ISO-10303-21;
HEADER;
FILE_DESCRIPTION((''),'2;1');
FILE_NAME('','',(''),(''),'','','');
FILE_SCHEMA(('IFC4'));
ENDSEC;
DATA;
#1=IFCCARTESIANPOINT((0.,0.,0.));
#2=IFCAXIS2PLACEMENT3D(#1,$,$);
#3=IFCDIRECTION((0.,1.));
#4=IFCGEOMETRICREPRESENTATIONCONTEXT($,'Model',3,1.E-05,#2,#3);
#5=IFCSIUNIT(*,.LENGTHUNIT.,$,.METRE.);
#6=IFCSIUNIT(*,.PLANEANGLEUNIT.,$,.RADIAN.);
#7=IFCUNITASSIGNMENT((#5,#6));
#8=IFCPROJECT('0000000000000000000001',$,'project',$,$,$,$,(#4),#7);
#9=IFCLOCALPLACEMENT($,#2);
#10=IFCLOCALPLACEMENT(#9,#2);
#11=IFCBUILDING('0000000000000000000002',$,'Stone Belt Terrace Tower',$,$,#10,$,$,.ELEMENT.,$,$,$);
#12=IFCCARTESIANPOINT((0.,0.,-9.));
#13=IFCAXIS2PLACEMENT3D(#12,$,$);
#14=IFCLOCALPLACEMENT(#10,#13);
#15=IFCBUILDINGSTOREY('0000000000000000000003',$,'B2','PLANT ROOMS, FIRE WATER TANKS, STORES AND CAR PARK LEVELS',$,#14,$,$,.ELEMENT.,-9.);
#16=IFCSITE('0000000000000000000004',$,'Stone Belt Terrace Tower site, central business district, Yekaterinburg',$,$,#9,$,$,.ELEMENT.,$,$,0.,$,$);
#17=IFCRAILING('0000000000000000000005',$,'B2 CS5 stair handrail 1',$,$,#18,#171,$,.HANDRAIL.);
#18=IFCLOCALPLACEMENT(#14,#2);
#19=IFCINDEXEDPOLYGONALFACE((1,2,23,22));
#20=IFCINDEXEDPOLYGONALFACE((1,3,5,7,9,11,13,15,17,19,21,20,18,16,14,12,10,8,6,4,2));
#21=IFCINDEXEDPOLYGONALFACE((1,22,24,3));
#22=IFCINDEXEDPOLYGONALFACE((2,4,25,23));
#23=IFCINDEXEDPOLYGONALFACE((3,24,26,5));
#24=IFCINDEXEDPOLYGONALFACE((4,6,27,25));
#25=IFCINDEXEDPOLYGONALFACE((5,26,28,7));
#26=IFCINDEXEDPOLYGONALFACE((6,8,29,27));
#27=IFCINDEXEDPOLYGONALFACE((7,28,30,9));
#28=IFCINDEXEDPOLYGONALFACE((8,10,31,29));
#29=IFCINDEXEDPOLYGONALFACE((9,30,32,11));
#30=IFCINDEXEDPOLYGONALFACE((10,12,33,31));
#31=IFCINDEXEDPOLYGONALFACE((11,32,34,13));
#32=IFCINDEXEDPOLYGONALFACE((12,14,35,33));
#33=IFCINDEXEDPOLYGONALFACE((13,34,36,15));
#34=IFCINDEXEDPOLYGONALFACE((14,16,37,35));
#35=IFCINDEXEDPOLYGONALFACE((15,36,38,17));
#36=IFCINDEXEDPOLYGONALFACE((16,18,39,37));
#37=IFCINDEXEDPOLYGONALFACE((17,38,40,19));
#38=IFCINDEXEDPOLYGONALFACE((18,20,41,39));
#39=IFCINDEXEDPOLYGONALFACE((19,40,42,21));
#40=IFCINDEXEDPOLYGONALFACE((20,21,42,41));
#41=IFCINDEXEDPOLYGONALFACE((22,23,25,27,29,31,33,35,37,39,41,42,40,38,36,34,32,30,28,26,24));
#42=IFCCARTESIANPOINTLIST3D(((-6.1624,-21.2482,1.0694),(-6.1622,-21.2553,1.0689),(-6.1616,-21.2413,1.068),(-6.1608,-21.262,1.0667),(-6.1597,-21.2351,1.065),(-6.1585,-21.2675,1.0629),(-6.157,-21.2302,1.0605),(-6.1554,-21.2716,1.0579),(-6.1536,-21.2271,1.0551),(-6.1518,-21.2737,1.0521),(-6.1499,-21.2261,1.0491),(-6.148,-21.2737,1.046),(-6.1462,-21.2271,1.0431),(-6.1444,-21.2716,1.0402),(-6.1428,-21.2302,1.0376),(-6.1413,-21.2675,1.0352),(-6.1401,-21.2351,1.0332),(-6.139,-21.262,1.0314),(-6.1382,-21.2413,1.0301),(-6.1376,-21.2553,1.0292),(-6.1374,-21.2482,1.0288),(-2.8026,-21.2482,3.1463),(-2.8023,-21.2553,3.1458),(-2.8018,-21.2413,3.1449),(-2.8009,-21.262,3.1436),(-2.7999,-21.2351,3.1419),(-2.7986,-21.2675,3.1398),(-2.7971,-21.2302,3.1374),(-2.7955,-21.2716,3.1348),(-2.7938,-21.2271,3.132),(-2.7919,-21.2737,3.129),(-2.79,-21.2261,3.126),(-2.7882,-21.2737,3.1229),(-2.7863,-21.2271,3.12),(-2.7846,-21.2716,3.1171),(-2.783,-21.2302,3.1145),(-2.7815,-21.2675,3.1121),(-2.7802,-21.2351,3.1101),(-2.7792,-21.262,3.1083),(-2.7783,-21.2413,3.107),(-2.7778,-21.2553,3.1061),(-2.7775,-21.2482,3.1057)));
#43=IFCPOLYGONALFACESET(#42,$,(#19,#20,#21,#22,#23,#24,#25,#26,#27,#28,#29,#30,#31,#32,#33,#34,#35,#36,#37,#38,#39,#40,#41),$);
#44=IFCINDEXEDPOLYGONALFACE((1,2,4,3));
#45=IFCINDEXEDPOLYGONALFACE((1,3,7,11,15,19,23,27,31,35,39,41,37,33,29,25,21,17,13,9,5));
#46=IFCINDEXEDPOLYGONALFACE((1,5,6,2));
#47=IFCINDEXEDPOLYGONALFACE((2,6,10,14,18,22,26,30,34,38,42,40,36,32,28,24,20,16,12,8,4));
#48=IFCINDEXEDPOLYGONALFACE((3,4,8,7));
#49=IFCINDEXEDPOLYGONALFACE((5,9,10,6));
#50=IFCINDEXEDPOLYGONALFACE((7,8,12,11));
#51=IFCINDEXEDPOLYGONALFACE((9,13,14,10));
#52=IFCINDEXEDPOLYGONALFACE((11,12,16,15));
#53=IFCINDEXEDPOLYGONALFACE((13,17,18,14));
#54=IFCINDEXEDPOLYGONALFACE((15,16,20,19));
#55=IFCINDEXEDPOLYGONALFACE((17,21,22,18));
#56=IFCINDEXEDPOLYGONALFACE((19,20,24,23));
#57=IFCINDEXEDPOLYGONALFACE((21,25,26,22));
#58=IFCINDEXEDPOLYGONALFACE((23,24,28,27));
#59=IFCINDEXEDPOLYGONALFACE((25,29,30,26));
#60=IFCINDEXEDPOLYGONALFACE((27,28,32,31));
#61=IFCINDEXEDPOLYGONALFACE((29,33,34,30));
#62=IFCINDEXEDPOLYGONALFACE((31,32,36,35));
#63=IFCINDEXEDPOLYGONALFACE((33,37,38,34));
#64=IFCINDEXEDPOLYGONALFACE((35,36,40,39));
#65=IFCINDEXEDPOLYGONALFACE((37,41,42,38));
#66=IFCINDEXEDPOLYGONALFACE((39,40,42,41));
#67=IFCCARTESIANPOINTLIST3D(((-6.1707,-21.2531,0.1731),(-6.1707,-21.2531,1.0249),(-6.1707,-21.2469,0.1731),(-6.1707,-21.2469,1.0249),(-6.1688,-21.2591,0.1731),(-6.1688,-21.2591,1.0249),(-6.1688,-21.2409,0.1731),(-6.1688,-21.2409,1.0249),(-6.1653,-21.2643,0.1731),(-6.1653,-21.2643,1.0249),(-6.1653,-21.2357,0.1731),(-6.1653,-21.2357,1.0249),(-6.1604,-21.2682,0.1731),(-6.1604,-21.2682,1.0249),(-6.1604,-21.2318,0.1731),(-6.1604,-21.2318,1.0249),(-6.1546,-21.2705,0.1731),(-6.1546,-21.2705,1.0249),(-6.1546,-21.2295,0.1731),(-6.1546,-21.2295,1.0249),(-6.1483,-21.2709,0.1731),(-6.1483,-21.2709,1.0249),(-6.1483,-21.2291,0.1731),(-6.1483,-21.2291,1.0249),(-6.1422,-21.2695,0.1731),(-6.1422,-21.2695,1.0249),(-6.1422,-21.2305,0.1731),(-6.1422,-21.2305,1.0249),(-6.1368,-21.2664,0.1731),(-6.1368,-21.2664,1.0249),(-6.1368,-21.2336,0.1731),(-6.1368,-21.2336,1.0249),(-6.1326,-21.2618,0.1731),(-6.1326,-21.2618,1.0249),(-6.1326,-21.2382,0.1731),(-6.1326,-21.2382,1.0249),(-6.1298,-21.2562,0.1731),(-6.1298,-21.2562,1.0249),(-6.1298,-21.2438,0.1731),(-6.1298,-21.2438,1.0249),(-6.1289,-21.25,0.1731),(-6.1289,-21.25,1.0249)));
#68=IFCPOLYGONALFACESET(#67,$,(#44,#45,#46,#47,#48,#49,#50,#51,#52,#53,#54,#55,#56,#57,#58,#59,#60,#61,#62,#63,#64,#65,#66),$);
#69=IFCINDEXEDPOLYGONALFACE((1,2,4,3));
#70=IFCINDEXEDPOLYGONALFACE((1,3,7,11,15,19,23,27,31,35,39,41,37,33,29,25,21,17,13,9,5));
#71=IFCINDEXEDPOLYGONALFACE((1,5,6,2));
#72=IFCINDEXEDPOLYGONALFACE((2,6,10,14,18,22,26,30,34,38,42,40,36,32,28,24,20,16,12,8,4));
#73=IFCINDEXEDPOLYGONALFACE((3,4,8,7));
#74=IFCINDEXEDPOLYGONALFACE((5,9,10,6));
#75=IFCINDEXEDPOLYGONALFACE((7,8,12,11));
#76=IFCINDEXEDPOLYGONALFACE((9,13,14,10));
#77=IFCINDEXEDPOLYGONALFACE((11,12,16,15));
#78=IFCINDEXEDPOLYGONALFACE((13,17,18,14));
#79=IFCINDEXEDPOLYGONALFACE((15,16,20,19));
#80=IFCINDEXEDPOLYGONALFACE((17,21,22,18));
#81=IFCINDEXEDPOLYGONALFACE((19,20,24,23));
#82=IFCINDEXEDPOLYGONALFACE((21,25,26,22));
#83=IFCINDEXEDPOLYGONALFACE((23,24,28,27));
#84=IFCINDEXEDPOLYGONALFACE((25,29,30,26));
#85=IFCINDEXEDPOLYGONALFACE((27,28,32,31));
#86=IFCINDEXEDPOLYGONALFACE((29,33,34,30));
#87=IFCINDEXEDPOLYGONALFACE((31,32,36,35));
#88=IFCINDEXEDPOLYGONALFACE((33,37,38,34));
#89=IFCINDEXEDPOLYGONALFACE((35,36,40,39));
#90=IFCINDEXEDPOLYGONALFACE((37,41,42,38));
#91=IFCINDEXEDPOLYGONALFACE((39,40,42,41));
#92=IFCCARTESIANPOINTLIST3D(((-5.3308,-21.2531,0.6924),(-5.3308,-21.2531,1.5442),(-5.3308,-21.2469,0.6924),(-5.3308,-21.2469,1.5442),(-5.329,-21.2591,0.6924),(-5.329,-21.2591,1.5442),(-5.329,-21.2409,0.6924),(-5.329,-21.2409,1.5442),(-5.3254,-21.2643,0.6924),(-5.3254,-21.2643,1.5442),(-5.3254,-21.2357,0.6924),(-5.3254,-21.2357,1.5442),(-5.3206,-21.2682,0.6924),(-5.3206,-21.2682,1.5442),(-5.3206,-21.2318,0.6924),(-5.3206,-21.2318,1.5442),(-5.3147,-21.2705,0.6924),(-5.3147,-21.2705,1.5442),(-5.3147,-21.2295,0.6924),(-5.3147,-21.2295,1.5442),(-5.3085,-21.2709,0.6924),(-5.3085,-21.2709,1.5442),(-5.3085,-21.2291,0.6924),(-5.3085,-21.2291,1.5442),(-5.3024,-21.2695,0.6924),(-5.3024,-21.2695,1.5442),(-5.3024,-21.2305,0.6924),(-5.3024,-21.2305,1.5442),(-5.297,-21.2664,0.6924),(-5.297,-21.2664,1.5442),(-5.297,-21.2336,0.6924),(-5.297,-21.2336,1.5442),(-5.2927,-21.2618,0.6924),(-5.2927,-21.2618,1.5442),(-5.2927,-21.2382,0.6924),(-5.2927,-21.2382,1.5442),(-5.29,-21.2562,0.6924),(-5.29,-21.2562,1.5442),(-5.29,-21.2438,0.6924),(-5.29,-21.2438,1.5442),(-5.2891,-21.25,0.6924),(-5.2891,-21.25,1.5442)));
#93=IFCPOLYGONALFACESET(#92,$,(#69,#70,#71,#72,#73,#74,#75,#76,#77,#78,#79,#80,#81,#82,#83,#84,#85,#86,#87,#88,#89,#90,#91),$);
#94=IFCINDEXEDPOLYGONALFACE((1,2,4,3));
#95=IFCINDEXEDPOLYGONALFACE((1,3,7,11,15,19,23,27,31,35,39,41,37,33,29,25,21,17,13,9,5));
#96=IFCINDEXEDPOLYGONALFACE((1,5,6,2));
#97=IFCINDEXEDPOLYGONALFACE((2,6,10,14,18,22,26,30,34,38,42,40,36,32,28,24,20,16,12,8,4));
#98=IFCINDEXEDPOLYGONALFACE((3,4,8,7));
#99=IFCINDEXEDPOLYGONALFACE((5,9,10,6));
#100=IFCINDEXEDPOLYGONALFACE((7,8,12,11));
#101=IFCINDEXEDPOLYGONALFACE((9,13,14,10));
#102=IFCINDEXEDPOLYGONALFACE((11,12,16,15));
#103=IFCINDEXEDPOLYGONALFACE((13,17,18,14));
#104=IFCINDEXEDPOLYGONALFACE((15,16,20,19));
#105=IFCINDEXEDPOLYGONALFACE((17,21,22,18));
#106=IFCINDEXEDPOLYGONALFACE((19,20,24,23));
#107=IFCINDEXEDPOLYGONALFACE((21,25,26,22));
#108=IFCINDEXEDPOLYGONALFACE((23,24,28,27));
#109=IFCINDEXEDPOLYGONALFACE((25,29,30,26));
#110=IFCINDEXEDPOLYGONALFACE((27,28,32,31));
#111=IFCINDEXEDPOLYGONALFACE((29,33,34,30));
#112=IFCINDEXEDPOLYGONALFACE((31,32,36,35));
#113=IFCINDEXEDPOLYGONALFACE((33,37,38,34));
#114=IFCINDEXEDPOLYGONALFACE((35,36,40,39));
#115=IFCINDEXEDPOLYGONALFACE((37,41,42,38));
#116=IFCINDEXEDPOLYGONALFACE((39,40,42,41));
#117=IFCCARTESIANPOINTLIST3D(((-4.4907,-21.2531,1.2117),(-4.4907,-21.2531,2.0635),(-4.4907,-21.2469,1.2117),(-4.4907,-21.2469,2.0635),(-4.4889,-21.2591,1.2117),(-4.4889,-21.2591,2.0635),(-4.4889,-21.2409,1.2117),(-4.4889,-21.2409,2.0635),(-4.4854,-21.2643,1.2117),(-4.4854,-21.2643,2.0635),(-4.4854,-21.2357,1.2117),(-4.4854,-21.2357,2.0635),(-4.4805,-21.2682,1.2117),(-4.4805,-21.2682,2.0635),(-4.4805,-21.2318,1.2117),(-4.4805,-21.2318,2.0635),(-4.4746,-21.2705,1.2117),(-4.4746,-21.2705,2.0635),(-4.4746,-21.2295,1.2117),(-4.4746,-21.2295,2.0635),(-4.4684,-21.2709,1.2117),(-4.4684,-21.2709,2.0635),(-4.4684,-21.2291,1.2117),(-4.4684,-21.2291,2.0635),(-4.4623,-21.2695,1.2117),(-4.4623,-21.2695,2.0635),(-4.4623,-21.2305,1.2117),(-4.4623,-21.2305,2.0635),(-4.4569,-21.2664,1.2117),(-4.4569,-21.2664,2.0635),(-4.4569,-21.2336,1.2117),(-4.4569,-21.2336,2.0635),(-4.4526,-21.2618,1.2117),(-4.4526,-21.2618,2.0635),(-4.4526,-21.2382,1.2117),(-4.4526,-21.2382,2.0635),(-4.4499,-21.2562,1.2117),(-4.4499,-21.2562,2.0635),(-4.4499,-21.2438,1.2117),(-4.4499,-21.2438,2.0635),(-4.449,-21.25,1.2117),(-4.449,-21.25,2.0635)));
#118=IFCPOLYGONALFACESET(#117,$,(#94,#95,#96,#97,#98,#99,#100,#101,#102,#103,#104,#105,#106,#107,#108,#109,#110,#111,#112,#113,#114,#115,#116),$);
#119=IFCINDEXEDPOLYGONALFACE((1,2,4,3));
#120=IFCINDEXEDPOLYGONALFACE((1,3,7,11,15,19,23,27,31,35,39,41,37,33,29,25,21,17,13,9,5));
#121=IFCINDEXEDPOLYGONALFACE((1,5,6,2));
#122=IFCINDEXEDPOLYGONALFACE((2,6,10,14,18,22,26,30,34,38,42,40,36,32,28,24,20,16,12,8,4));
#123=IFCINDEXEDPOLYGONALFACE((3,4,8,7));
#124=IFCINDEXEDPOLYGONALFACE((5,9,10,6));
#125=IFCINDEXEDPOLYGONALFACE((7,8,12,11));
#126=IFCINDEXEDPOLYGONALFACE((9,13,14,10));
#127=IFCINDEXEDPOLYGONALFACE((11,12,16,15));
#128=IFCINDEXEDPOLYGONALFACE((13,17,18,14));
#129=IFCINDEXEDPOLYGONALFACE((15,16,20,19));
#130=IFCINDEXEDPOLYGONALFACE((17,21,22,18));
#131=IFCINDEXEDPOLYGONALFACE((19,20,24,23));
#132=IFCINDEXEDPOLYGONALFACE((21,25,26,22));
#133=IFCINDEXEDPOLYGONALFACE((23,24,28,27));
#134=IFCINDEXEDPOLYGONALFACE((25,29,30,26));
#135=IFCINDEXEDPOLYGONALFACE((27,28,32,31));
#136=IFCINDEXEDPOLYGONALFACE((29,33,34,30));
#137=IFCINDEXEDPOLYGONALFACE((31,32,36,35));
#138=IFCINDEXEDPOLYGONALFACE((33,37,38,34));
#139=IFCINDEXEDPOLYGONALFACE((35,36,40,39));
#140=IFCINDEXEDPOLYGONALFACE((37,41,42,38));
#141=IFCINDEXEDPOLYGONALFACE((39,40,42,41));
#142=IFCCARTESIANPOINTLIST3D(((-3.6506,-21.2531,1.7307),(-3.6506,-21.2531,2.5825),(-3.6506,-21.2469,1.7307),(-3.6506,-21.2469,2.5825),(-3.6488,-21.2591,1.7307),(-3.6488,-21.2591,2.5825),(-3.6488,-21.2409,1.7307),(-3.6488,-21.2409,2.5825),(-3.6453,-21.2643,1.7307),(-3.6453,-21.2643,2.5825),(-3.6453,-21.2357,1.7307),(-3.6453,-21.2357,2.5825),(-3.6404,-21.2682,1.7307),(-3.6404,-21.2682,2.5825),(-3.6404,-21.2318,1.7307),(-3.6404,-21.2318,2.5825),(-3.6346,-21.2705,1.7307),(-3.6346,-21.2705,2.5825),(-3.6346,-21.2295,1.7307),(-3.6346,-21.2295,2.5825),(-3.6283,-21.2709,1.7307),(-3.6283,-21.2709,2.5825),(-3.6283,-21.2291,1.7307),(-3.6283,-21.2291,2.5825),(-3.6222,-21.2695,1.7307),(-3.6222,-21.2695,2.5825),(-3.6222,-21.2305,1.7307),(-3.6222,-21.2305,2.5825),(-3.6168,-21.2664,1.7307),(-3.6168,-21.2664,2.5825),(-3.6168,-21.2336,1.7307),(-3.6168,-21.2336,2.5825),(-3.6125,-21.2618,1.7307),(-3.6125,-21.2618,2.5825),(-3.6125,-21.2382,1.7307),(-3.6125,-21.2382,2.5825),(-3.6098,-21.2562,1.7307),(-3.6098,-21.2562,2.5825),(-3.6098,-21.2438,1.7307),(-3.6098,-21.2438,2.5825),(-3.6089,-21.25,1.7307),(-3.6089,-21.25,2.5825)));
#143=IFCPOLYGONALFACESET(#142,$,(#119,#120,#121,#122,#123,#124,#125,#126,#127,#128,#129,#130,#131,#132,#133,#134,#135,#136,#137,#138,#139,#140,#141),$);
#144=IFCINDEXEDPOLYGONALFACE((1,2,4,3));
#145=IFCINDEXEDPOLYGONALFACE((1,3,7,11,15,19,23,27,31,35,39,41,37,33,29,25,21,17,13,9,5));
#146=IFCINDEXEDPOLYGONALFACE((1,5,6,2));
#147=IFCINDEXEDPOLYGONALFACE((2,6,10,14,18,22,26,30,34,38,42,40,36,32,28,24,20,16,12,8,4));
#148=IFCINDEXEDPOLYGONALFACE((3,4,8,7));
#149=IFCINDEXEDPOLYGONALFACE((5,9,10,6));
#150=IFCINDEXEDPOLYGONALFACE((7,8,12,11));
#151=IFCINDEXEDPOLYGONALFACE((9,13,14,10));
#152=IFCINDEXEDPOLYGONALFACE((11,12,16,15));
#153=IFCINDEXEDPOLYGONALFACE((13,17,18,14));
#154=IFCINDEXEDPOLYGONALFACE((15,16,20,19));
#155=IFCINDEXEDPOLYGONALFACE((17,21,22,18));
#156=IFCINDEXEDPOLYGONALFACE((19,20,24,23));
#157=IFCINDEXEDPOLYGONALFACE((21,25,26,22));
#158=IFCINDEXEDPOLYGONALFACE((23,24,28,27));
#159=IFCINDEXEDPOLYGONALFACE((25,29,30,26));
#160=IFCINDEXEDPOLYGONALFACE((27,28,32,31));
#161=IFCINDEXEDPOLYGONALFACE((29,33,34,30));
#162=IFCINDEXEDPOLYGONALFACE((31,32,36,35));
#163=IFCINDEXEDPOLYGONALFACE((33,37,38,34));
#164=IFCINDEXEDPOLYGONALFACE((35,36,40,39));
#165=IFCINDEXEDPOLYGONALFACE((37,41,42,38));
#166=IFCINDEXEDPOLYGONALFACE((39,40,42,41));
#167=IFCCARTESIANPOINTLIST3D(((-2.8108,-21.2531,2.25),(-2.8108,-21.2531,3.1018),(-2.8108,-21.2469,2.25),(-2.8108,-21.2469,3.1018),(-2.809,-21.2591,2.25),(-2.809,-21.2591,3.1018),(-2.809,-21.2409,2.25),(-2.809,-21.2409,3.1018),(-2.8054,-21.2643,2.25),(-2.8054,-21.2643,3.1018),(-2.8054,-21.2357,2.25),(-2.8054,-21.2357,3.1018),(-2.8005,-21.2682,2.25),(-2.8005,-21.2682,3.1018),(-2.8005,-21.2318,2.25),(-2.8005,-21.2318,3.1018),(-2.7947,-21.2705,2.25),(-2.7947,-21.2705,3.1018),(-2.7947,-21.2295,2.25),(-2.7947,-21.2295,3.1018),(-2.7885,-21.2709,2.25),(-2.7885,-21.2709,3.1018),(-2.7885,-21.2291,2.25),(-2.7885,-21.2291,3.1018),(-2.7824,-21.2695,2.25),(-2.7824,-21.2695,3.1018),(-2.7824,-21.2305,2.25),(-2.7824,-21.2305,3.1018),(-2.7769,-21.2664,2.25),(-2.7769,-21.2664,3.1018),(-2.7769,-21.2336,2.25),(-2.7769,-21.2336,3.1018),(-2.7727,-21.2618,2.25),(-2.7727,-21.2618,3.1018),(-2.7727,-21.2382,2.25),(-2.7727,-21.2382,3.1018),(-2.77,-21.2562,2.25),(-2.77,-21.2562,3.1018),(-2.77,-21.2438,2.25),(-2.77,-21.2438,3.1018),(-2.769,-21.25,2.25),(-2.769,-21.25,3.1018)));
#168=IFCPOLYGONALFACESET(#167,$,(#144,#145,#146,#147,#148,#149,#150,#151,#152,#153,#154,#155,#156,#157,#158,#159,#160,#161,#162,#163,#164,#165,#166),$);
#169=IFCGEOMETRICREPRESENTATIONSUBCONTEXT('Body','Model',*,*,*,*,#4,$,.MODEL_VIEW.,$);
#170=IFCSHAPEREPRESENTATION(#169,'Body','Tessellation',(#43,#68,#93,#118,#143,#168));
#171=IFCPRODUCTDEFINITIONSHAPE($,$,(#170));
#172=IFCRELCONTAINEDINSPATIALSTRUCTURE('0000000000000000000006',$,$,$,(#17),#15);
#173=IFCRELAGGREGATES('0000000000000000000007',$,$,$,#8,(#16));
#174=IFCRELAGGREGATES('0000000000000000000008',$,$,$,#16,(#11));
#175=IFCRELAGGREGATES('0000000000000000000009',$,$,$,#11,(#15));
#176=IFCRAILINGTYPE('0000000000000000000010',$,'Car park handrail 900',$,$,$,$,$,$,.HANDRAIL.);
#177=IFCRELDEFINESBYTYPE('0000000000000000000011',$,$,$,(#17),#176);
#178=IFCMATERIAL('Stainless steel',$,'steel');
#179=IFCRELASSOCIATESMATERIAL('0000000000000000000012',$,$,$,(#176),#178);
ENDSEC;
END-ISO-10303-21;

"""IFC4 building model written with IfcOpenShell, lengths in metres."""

from ifc_helpers import new_model, si_unit, direction, frame, origin, origin_2d, place, context, subcontext, project, spatial, circle, extrude, material, type_object, element, save


model = new_model("IFC4")

# Units and contexts
model_context = context("Model", 3, precision=1e-05, world=origin(), true_north=direction((0.0, 1.0)))
body_context = subcontext(model_context, "Body", "Model", "MODEL_VIEW")
ifc_project = project(units=[si_unit("LENGTHUNIT", "METRE"), si_unit("PLANEANGLEUNIT", "RADIAN")], contexts=[model_context])

# Site, building, storey
site_placement = place(None, origin())
site = spatial("IfcSite", under=ifc_project, at=site_placement, Name="Stone Belt Terrace Tower site, central business district, Yekaterinburg", CompositionType="ELEMENT", RefElevation=0.0)
building_placement = place(site_placement, origin())
building = spatial("IfcBuilding", under=site, at=building_placement, Name="Stone Belt Terrace Tower", CompositionType="ELEMENT")
storey_placement = place(building_placement, frame((0.0, 0.0, -9.0)))
storey = spatial("IfcBuildingStorey", under=building, at=storey_placement, Name="B2", Description="PLANT ROOMS, FIRE WATER TANKS, STORES AND CAR PARK LEVELS", CompositionType="ELEMENT", Elevation=-9.0)

# Railing
ifc_material_1 = material(Name="Stainless steel", Category="steel")
railing_type_1 = type_object("IfcRailingType", Name="Car park handrail 900", PredefinedType="HANDRAIL", material=ifc_material_1)
railing_1_placement = place(storey_placement, frame((-6.1499, -21.25, 0.1731)))
element("IfcRailing", 1, at=railing_1_placement, inside=storey, type_object=railing_type_1, Name="B2 CS5 stair handrail 1", PredefinedType="HANDRAIL", context=body_context, shape_type="SweptSolid", body=[
    extrude(circle(Radius=0.0239, at=origin_2d()), frame((0.0, 0.0, 0.876), z_axis=(0.850606, 0.0, 0.525803), x_axis=(0.0, 1.0, 0.0)), (0.0, 0.0, 1.0), 3.95),
    extrude(circle(Radius=0.021, at=origin_2d()), origin(), (0.0, 0.0, 1.0), 0.8518),
    extrude(circle(Radius=0.021, at=origin_2d()), frame((0.8398, 0.0, 0.5193)), (0.0, 0.0, 1.0), 0.8518),
    extrude(circle(Radius=0.021, at=origin_2d()), frame((1.6799, 0.0, 1.0386)), (0.0, 0.0, 1.0), 0.8518),
    extrude(circle(Radius=0.021, at=origin_2d()), frame((2.52, 0.0, 1.5576)), (0.0, 0.0, 1.0), 0.8518),
    extrude(circle(Radius=0.021, at=origin_2d()), frame((3.3599, 0.0, 2.0769)), (0.0, 0.0, 1.0), 0.8518),
])

save(model, "model.ifc")
